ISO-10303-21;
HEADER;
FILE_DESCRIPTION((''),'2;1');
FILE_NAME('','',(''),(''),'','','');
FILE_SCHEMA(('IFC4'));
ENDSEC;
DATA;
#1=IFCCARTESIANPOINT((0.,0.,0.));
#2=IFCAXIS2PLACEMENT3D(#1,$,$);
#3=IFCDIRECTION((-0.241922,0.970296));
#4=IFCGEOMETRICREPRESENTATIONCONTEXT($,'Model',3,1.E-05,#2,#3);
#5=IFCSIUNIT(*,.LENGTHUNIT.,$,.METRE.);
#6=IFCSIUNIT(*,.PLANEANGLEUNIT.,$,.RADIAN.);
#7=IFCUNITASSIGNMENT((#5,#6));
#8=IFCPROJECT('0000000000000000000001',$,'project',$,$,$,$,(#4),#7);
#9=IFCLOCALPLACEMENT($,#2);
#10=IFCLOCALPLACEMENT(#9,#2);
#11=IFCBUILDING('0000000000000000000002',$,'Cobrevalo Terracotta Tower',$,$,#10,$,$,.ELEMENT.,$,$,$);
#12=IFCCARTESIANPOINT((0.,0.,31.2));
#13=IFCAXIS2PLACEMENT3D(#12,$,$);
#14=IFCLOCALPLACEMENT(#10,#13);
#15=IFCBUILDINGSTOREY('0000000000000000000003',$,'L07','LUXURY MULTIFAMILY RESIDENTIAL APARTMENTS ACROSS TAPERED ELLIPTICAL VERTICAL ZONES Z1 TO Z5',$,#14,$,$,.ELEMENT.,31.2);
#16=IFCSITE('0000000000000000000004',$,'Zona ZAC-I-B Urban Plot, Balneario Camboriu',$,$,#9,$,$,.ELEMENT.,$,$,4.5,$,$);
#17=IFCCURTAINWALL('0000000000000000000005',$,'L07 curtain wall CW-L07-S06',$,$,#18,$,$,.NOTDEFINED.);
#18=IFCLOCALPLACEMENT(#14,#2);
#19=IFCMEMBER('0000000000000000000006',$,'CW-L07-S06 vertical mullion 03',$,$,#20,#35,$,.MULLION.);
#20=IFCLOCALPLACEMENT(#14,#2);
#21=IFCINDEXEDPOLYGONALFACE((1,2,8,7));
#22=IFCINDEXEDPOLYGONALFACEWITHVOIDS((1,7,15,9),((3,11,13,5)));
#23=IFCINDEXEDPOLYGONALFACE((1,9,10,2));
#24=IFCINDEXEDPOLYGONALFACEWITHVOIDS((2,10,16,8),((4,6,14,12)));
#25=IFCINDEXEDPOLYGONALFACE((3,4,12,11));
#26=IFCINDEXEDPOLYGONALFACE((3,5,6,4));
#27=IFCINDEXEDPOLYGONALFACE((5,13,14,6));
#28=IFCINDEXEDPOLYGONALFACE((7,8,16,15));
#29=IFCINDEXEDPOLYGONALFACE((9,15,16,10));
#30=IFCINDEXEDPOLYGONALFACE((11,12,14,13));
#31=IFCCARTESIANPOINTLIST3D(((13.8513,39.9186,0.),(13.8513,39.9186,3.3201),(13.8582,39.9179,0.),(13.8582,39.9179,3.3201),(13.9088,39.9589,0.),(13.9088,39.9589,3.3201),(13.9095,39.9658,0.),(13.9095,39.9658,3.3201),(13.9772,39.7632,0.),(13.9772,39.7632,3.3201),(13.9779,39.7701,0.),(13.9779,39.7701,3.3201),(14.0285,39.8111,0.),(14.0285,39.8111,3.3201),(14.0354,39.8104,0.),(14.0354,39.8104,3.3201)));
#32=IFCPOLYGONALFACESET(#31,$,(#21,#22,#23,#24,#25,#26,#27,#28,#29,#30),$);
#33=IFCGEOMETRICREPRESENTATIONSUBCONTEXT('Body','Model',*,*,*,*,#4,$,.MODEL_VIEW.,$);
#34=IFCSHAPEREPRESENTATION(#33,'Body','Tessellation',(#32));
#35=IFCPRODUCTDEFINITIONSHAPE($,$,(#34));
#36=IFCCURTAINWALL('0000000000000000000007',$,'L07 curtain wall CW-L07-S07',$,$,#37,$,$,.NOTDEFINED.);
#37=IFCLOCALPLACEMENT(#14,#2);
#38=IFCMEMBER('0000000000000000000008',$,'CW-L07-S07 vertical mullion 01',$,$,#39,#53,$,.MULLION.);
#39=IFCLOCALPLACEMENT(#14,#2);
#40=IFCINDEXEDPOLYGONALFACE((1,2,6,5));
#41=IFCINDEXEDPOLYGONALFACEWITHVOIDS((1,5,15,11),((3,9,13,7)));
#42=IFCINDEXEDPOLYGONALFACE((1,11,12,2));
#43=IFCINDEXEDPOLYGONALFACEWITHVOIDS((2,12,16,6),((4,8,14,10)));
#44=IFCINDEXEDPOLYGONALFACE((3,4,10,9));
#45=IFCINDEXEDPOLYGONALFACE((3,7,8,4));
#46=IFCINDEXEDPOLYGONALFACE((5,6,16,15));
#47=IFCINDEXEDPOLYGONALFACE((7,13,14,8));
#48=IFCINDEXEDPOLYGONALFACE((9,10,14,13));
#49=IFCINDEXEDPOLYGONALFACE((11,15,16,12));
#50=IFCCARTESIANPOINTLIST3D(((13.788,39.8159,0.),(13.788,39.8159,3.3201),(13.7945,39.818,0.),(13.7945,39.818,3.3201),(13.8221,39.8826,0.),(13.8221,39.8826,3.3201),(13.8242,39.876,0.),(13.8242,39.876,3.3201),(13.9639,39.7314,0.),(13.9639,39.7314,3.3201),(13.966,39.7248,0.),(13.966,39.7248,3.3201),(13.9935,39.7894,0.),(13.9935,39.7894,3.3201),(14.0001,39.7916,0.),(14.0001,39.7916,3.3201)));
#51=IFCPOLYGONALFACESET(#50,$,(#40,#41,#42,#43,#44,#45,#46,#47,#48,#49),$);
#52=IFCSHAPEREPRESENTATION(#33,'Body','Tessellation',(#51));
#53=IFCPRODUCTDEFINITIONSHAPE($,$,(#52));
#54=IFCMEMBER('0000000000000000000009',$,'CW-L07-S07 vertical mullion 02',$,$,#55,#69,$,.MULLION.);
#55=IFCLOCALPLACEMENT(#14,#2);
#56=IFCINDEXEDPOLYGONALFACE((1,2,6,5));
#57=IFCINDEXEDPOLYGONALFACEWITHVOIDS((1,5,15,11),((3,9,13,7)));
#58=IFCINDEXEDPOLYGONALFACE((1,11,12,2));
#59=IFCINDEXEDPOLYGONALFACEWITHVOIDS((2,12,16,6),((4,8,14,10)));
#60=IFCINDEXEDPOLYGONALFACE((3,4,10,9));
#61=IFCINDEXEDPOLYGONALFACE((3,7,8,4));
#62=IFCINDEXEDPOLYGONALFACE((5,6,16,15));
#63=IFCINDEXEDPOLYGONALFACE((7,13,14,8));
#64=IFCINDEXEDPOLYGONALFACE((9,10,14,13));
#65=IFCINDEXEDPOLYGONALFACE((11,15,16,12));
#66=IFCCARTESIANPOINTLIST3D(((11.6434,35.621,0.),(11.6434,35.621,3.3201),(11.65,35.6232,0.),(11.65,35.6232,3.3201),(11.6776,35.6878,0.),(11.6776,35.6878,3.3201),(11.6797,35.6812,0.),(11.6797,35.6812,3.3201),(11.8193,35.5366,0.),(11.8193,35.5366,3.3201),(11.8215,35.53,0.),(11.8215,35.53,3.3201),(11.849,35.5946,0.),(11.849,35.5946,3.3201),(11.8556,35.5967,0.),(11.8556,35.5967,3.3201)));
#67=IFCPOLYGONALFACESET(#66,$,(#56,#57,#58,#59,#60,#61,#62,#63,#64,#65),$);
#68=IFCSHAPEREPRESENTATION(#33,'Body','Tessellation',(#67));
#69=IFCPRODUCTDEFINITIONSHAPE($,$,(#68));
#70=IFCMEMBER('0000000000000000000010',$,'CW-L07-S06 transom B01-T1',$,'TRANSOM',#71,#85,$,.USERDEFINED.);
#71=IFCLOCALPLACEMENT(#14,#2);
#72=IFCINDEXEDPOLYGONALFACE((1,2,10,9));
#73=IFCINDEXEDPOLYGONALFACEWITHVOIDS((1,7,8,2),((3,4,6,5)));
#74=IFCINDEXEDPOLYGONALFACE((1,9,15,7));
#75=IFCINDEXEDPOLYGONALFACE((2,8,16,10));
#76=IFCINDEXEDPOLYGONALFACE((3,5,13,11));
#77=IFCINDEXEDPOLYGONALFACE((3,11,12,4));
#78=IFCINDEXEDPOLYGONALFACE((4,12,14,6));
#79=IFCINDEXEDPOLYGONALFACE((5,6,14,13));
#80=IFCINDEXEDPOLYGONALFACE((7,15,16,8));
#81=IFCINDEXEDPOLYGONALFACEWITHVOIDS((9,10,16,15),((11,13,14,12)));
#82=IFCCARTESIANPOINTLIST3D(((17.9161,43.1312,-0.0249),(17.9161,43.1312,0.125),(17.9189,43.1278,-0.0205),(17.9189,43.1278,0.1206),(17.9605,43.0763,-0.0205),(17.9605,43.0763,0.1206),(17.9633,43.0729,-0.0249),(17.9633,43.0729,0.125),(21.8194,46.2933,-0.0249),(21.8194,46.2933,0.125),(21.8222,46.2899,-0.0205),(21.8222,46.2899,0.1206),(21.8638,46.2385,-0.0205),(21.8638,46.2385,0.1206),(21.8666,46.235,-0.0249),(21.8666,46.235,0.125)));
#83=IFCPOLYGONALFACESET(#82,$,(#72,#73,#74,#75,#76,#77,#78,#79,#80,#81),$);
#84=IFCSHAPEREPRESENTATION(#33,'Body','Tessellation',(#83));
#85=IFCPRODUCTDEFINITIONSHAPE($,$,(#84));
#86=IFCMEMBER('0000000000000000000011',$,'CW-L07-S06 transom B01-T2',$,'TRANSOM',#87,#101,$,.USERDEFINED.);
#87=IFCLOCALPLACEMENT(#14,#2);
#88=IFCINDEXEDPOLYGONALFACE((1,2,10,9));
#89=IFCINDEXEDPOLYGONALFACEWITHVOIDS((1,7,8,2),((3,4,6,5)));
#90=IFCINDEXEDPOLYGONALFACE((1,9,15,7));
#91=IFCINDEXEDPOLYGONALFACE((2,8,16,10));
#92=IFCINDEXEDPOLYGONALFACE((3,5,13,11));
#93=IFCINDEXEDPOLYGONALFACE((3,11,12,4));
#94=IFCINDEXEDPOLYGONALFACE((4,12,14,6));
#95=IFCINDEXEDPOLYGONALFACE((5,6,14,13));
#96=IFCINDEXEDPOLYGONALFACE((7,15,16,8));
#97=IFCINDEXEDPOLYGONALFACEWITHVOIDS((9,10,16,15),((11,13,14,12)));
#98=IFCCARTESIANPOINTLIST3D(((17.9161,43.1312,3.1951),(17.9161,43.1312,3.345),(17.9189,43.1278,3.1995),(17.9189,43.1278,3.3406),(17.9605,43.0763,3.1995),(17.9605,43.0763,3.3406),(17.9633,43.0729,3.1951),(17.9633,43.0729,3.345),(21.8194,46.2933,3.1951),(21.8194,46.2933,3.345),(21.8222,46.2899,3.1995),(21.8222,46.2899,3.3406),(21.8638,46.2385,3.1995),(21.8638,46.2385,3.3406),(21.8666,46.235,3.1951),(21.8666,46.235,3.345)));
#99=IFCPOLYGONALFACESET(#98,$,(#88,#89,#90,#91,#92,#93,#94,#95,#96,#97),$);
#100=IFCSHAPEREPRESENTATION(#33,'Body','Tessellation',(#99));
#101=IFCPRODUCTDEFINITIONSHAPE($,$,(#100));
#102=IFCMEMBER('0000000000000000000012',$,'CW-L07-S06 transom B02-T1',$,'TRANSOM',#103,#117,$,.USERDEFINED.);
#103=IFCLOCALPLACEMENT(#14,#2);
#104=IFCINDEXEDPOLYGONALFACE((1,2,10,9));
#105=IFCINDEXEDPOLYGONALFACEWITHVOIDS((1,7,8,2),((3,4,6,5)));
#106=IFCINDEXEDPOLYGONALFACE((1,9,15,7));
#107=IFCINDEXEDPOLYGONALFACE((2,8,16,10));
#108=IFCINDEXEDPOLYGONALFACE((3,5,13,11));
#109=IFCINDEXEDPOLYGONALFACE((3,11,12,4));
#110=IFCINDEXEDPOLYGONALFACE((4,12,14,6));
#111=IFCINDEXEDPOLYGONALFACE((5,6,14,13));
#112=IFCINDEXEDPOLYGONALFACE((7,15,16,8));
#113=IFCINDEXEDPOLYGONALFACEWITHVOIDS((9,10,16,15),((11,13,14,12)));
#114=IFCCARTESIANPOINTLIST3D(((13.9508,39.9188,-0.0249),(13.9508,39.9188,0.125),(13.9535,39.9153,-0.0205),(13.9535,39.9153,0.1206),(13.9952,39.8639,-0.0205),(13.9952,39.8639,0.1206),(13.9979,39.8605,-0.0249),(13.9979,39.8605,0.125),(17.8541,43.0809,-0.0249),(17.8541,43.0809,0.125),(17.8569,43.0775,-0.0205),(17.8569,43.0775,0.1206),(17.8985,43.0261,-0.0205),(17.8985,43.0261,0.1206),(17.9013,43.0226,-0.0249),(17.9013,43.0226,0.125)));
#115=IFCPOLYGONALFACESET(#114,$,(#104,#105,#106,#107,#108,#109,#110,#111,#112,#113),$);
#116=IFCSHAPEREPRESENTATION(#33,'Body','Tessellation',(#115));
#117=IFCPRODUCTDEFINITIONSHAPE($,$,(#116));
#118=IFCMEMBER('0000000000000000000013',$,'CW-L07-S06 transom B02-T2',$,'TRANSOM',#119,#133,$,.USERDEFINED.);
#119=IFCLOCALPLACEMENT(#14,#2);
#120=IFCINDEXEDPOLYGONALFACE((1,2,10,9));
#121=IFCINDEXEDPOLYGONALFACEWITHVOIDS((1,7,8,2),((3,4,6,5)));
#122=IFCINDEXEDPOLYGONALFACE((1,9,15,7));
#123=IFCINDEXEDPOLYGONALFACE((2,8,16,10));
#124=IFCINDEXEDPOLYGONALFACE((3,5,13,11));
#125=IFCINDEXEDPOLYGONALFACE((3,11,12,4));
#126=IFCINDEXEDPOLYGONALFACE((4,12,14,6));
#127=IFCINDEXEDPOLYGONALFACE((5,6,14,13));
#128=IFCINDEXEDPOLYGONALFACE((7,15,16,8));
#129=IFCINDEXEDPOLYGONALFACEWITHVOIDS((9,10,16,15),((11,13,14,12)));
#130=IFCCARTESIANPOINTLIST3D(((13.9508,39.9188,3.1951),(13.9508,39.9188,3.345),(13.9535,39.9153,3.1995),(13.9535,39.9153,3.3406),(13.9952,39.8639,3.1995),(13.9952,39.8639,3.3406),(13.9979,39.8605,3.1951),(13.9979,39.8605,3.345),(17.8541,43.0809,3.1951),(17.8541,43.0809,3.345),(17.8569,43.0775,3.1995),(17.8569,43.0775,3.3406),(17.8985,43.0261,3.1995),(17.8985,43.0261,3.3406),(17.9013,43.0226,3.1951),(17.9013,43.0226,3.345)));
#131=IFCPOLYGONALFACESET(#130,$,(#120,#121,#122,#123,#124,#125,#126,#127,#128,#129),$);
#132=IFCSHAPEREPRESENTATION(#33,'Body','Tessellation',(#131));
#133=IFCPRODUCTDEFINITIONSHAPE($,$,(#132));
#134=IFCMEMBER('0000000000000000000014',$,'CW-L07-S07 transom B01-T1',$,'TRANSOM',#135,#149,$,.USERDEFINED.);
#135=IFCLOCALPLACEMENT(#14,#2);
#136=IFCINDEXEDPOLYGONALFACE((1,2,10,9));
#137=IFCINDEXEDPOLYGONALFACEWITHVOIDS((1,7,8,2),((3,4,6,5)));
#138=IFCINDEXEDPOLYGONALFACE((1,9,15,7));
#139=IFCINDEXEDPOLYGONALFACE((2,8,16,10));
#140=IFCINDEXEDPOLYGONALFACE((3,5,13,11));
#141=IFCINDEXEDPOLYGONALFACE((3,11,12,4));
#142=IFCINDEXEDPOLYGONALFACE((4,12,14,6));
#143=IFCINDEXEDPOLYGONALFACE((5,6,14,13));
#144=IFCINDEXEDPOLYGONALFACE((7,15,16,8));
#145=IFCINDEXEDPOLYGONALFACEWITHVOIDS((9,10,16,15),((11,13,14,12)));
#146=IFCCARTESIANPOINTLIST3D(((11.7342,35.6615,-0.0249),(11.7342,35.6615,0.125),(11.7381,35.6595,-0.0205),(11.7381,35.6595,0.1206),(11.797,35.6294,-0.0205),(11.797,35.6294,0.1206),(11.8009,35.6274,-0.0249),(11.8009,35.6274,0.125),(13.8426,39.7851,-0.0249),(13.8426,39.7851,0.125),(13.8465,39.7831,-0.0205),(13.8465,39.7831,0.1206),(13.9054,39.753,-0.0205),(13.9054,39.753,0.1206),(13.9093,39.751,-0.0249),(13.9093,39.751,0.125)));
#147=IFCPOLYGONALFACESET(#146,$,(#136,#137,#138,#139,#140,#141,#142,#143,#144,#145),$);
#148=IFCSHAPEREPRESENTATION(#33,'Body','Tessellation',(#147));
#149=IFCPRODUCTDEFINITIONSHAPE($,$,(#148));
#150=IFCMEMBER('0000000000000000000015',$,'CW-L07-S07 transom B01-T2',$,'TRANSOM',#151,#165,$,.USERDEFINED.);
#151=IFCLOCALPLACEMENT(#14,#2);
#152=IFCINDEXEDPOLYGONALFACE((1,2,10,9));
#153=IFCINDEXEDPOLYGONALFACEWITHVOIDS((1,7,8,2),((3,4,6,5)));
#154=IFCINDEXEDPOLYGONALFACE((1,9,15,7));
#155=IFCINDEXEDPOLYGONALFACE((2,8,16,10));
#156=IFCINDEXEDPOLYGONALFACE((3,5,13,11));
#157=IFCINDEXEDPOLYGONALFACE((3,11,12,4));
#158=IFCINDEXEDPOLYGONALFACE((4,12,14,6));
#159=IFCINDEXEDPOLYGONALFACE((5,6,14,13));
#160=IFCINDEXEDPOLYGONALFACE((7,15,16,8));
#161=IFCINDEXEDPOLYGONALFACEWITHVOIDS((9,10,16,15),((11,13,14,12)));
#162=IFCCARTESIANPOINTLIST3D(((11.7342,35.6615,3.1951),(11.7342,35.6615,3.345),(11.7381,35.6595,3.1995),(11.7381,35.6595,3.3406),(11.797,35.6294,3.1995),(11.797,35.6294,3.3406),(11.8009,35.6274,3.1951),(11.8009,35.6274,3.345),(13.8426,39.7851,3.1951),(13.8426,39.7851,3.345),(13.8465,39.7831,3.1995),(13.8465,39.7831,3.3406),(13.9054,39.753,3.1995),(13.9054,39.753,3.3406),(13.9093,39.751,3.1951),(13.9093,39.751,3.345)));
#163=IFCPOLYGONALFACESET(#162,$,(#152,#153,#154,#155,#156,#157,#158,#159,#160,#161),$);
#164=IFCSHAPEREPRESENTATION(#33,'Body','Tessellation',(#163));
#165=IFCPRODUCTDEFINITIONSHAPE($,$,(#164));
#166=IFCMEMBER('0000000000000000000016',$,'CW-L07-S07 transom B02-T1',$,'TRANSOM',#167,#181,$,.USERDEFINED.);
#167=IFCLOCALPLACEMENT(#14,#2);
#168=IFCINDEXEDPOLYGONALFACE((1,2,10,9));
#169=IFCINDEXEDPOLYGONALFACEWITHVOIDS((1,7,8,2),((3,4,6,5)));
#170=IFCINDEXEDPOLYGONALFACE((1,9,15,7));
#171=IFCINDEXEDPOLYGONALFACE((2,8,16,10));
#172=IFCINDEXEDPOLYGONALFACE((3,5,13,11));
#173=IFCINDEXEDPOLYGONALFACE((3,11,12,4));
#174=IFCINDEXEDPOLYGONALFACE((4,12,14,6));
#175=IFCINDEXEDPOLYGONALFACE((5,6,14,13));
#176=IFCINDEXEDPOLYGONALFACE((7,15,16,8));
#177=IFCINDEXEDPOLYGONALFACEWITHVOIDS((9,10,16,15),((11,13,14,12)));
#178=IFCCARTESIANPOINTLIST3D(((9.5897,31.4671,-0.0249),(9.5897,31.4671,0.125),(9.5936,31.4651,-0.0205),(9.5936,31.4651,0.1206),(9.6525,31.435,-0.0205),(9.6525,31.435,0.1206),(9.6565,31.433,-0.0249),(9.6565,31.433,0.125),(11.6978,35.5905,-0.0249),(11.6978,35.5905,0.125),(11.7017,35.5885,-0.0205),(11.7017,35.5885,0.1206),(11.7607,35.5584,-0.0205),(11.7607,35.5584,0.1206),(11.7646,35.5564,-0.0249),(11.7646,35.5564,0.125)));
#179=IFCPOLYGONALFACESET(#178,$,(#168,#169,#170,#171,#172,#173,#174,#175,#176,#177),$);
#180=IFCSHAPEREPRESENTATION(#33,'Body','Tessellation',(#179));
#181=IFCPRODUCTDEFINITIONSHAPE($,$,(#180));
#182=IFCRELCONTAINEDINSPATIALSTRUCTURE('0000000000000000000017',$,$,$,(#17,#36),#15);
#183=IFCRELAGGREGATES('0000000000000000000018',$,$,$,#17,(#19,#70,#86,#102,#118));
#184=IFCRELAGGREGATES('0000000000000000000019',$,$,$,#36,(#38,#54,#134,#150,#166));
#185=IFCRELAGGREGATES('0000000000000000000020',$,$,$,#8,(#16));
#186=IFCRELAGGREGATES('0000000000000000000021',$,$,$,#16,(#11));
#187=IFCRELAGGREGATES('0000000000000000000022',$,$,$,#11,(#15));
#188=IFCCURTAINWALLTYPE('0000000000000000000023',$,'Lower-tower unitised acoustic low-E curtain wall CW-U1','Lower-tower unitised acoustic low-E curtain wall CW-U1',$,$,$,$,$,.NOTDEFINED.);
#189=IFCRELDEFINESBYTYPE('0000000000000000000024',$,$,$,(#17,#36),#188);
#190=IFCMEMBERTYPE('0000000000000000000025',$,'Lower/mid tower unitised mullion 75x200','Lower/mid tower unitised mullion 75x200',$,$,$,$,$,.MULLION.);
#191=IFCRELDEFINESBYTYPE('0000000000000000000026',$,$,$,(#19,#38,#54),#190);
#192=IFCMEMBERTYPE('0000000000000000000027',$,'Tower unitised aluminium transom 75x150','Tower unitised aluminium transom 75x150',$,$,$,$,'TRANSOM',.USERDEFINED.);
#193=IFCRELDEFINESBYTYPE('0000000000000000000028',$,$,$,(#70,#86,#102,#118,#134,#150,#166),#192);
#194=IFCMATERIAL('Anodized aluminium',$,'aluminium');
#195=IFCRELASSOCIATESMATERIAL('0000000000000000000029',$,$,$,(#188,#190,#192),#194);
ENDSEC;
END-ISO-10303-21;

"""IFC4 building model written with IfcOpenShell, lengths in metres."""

from ifc_helpers import new_model, si_unit, direction, frame, origin, origin_2d, place, context, subcontext, project, spatial, hollow_rectangle, extrude, source, transform, mapped, material, material_profile, profile_set, type_object, element, aggregate, save


model = new_model("IFC4")

# Units and contexts
model_context = context("Model", 3, precision=1e-05, world=origin(), true_north=direction((-0.241922, 0.970296)))
body_context = subcontext(model_context, "Body", "Model", "MODEL_VIEW")
ifc_project = project(units=[si_unit("LENGTHUNIT", "METRE"), si_unit("PLANEANGLEUNIT", "RADIAN")], contexts=[model_context])

# Site, building, storey
site_placement = place(None, origin())
site = spatial("IfcSite", under=ifc_project, at=site_placement, Name="Zona ZAC-I-B Urban Plot, Balneario Camboriu", CompositionType="ELEMENT", RefElevation=4.5)
building_placement = place(site_placement, origin())
building = spatial("IfcBuilding", under=site, at=building_placement, Name="Cobrevalo Terracotta Tower", CompositionType="ELEMENT")
storey_placement = place(building_placement, frame((0.0, 0.0, 31.2)))
storey = spatial("IfcBuildingStorey", under=building, at=storey_placement, Name="L07", Description="LUXURY MULTIFAMILY RESIDENTIAL APARTMENTS ACROSS TAPERED ELLIPTICAL VERTICAL ZONES Z1 TO Z5", CompositionType="ELEMENT", Elevation=31.2)

# Curtain walls, members
ifc_material_1 = material(Name="Anodized aluminium", Category="aluminium")
curtain_wall_type = type_object("IfcCurtainWallType", Name="Lower-tower unitised acoustic low-E curtain wall CW-U1", Description="Lower-tower unitised acoustic low-E curtain wall CW-U1", PredefinedType="NOTDEFINED", material=ifc_material_1)
curtain_wall_1_placement = place(storey_placement, origin())
curtain_wall_1 = element("IfcCurtainWall", 1, at=curtain_wall_1_placement, inside=storey, type_object=curtain_wall_type, Name="L07 curtain wall CW-L07-S06", PredefinedType="NOTDEFINED")
ifc_material_profile_1 = material_profile(ifc_material_1, hollow_rectangle(XDim=0.075, YDim=0.2, WallThickness=0.0049, at=origin_2d()), Name="CWM 75x200")
ifc_profile_set_1 = profile_set([ifc_material_profile_1], Name="Anodized aluminium")
member_type_1 = type_object("IfcMemberType", Name="Lower/mid tower unitised mullion 75x200", Description="Lower/mid tower unitised mullion 75x200", PredefinedType="MULLION", material=ifc_profile_set_1)
shared_shape_1 = source(origin(), body_context, "Body", "SweptSolid", [
    extrude(hollow_rectangle(XDim=0.075, YDim=0.2, WallThickness=0.0049, at=origin_2d()), origin(), (0.0, 0.0, 1.0), 3.3201),
])
member_1_placement = place(storey_placement, frame((13.9434, 39.8645, 0.0), z_axis=(0.0, 0.0, 1.0), x_axis=(-0.777003, -0.629497, 0.0)))
member_1 = element("IfcMember", 2, at=member_1_placement, type_object=member_type_1, Name="CW-L07-S06 vertical mullion 03", PredefinedType="MULLION", context=body_context, shape_type="MappedRepresentation", body=[
    mapped(shared_shape_1, transform((0.0, 0.0, 0.0), scale=1.0)),
])
curtain_wall_2_placement = place(storey_placement, origin())
curtain_wall_2 = element("IfcCurtainWall", 3, at=curtain_wall_2_placement, inside=storey, type_object=curtain_wall_type, Name="L07 curtain wall CW-L07-S07", PredefinedType="NOTDEFINED")
member_2_placement = place(storey_placement, frame((13.894, 39.8037, 0.0), z_axis=(0.0, 0.0, 1.0), x_axis=(-0.455234, -0.890372, 0.0)))
member_2 = element("IfcMember", 4, at=member_2_placement, type_object=member_type_1, Name="CW-L07-S07 vertical mullion 01", PredefinedType="MULLION", context=body_context, shape_type="MappedRepresentation", body=[
    mapped(shared_shape_1, transform((0.0, 0.0, 0.0), scale=1.0)),
])
member_3_placement = place(storey_placement, frame((11.7495, 35.6089, 0.0), z_axis=(0.0, 0.0, 1.0), x_axis=(-0.455234, -0.890372, 0.0)))
member_3 = element("IfcMember", 5, at=member_3_placement, type_object=member_type_1, Name="CW-L07-S07 vertical mullion 02", PredefinedType="MULLION", context=body_context, shape_type="MappedRepresentation", body=[
    mapped(shared_shape_1, transform((0.0, 0.0, 0.0), scale=1.0)),
])

# Members
ifc_material_profile_2 = material_profile(ifc_material_1, hollow_rectangle(XDim=0.075, YDim=0.1499, WallThickness=0.0044, at=origin_2d()), Name="CWT 75x150")
ifc_profile_set_2 = profile_set([ifc_material_profile_2], Name="Anodized aluminium")
member_type_2 = type_object("IfcMemberType", Name="Tower unitised aluminium transom 75x150", Description="Tower unitised aluminium transom 75x150", ElementType="TRANSOM", PredefinedType="USERDEFINED", material=ifc_profile_set_2)
shared_shape_2 = source(origin(), body_context, "Body", "SweptSolid", [
    extrude(hollow_rectangle(XDim=0.075, YDim=0.1499, WallThickness=0.0044, at=origin_2d()), origin(), (0.0, 0.0, 1.0), 5.0234),
])
member_4_placement = place(storey_placement, frame((21.843, 46.2642, 0.05), z_axis=(-0.777023, -0.629472, 0.0), x_axis=(0.629472, -0.777023, 0.0)))
member_4 = element("IfcMember", 6, at=member_4_placement, type_object=member_type_2, Name="CW-L07-S06 transom B01-T1", ObjectType="TRANSOM", PredefinedType="USERDEFINED", context=body_context, shape_type="MappedRepresentation", body=[
    mapped(shared_shape_2, transform((0.0, 0.0, 0.0), scale=1.0)),
])
member_5_placement = place(storey_placement, frame((21.843, 46.2642, 3.27), z_axis=(-0.777023, -0.629472, 0.0), x_axis=(0.629472, -0.777023, 0.0)))
member_5 = element("IfcMember", 7, at=member_5_placement, type_object=member_type_2, Name="CW-L07-S06 transom B01-T2", ObjectType="TRANSOM", PredefinedType="USERDEFINED", context=body_context, shape_type="MappedRepresentation", body=[
    mapped(shared_shape_2, transform((0.0, 0.0, 0.0), scale=1.0)),
])
member_6_placement = place(storey_placement, frame((17.8777, 43.0518, 0.05), z_axis=(-0.777023, -0.629472, 0.0), x_axis=(0.629472, -0.777023, 0.0)))
member_6 = element("IfcMember", 8, at=member_6_placement, type_object=member_type_2, Name="CW-L07-S06 transom B02-T1", ObjectType="TRANSOM", PredefinedType="USERDEFINED", context=body_context, shape_type="MappedRepresentation", body=[
    mapped(shared_shape_2, transform((0.0, 0.0, 0.0), scale=1.0)),
])
member_7_placement = place(storey_placement, frame((17.8777, 43.0518, 3.27), z_axis=(-0.777023, -0.629472, 0.0), x_axis=(0.629472, -0.777023, 0.0)))
member_7 = element("IfcMember", 9, at=member_7_placement, type_object=member_type_2, Name="CW-L07-S06 transom B02-T2", ObjectType="TRANSOM", PredefinedType="USERDEFINED", context=body_context, shape_type="MappedRepresentation", body=[
    mapped(shared_shape_2, transform((0.0, 0.0, 0.0), scale=1.0)),
])
shared_shape_3 = source(origin(), body_context, "Body", "SweptSolid", [
    extrude(hollow_rectangle(XDim=0.075, YDim=0.1499, WallThickness=0.0044, at=origin_2d()), origin(), (0.0, 0.0, 1.0), 4.6313),
])
member_8_placement = place(storey_placement, frame((13.876, 39.7681, 0.05), z_axis=(-0.45525, -0.890363, 0.0), x_axis=(0.890363, -0.45525, 0.0)))
member_8 = element("IfcMember", 10, at=member_8_placement, type_object=member_type_2, Name="CW-L07-S07 transom B01-T1", ObjectType="TRANSOM", PredefinedType="USERDEFINED", context=body_context, shape_type="MappedRepresentation", body=[
    mapped(shared_shape_3, transform((0.0, 0.0, 0.0), scale=1.0)),
])
member_9_placement = place(storey_placement, frame((13.876, 39.7681, 3.27), z_axis=(-0.45525, -0.890363, 0.0), x_axis=(0.890363, -0.45525, 0.0)))
member_9 = element("IfcMember", 11, at=member_9_placement, type_object=member_type_2, Name="CW-L07-S07 transom B01-T2", ObjectType="TRANSOM", PredefinedType="USERDEFINED", context=body_context, shape_type="MappedRepresentation", body=[
    mapped(shared_shape_3, transform((0.0, 0.0, 0.0), scale=1.0)),
])
shared_shape_4 = source(origin(), body_context, "Body", "SweptSolid", [
    extrude(hollow_rectangle(XDim=0.075, YDim=0.1499, WallThickness=0.0044, at=origin_2d()), origin(), (0.0, 0.0, 1.0), 4.6311),
])
member_10_placement = place(storey_placement, frame((11.7312, 35.5735, 0.05), z_axis=(-0.455209, -0.890385, 0.0), x_axis=(0.890385, -0.455209, 0.0)))
member_10 = element("IfcMember", 12, at=member_10_placement, type_object=member_type_2, Name="CW-L07-S07 transom B02-T1", ObjectType="TRANSOM", PredefinedType="USERDEFINED", context=body_context, shape_type="MappedRepresentation", body=[
    mapped(shared_shape_4, transform((0.0, 0.0, 0.0), scale=1.0)),
])

aggregate(curtain_wall_1, [member_1, member_4, member_5, member_6, member_7])
aggregate(curtain_wall_2, [member_2, member_3, member_8, member_9, member_10])

save(model, "model.ifc")
